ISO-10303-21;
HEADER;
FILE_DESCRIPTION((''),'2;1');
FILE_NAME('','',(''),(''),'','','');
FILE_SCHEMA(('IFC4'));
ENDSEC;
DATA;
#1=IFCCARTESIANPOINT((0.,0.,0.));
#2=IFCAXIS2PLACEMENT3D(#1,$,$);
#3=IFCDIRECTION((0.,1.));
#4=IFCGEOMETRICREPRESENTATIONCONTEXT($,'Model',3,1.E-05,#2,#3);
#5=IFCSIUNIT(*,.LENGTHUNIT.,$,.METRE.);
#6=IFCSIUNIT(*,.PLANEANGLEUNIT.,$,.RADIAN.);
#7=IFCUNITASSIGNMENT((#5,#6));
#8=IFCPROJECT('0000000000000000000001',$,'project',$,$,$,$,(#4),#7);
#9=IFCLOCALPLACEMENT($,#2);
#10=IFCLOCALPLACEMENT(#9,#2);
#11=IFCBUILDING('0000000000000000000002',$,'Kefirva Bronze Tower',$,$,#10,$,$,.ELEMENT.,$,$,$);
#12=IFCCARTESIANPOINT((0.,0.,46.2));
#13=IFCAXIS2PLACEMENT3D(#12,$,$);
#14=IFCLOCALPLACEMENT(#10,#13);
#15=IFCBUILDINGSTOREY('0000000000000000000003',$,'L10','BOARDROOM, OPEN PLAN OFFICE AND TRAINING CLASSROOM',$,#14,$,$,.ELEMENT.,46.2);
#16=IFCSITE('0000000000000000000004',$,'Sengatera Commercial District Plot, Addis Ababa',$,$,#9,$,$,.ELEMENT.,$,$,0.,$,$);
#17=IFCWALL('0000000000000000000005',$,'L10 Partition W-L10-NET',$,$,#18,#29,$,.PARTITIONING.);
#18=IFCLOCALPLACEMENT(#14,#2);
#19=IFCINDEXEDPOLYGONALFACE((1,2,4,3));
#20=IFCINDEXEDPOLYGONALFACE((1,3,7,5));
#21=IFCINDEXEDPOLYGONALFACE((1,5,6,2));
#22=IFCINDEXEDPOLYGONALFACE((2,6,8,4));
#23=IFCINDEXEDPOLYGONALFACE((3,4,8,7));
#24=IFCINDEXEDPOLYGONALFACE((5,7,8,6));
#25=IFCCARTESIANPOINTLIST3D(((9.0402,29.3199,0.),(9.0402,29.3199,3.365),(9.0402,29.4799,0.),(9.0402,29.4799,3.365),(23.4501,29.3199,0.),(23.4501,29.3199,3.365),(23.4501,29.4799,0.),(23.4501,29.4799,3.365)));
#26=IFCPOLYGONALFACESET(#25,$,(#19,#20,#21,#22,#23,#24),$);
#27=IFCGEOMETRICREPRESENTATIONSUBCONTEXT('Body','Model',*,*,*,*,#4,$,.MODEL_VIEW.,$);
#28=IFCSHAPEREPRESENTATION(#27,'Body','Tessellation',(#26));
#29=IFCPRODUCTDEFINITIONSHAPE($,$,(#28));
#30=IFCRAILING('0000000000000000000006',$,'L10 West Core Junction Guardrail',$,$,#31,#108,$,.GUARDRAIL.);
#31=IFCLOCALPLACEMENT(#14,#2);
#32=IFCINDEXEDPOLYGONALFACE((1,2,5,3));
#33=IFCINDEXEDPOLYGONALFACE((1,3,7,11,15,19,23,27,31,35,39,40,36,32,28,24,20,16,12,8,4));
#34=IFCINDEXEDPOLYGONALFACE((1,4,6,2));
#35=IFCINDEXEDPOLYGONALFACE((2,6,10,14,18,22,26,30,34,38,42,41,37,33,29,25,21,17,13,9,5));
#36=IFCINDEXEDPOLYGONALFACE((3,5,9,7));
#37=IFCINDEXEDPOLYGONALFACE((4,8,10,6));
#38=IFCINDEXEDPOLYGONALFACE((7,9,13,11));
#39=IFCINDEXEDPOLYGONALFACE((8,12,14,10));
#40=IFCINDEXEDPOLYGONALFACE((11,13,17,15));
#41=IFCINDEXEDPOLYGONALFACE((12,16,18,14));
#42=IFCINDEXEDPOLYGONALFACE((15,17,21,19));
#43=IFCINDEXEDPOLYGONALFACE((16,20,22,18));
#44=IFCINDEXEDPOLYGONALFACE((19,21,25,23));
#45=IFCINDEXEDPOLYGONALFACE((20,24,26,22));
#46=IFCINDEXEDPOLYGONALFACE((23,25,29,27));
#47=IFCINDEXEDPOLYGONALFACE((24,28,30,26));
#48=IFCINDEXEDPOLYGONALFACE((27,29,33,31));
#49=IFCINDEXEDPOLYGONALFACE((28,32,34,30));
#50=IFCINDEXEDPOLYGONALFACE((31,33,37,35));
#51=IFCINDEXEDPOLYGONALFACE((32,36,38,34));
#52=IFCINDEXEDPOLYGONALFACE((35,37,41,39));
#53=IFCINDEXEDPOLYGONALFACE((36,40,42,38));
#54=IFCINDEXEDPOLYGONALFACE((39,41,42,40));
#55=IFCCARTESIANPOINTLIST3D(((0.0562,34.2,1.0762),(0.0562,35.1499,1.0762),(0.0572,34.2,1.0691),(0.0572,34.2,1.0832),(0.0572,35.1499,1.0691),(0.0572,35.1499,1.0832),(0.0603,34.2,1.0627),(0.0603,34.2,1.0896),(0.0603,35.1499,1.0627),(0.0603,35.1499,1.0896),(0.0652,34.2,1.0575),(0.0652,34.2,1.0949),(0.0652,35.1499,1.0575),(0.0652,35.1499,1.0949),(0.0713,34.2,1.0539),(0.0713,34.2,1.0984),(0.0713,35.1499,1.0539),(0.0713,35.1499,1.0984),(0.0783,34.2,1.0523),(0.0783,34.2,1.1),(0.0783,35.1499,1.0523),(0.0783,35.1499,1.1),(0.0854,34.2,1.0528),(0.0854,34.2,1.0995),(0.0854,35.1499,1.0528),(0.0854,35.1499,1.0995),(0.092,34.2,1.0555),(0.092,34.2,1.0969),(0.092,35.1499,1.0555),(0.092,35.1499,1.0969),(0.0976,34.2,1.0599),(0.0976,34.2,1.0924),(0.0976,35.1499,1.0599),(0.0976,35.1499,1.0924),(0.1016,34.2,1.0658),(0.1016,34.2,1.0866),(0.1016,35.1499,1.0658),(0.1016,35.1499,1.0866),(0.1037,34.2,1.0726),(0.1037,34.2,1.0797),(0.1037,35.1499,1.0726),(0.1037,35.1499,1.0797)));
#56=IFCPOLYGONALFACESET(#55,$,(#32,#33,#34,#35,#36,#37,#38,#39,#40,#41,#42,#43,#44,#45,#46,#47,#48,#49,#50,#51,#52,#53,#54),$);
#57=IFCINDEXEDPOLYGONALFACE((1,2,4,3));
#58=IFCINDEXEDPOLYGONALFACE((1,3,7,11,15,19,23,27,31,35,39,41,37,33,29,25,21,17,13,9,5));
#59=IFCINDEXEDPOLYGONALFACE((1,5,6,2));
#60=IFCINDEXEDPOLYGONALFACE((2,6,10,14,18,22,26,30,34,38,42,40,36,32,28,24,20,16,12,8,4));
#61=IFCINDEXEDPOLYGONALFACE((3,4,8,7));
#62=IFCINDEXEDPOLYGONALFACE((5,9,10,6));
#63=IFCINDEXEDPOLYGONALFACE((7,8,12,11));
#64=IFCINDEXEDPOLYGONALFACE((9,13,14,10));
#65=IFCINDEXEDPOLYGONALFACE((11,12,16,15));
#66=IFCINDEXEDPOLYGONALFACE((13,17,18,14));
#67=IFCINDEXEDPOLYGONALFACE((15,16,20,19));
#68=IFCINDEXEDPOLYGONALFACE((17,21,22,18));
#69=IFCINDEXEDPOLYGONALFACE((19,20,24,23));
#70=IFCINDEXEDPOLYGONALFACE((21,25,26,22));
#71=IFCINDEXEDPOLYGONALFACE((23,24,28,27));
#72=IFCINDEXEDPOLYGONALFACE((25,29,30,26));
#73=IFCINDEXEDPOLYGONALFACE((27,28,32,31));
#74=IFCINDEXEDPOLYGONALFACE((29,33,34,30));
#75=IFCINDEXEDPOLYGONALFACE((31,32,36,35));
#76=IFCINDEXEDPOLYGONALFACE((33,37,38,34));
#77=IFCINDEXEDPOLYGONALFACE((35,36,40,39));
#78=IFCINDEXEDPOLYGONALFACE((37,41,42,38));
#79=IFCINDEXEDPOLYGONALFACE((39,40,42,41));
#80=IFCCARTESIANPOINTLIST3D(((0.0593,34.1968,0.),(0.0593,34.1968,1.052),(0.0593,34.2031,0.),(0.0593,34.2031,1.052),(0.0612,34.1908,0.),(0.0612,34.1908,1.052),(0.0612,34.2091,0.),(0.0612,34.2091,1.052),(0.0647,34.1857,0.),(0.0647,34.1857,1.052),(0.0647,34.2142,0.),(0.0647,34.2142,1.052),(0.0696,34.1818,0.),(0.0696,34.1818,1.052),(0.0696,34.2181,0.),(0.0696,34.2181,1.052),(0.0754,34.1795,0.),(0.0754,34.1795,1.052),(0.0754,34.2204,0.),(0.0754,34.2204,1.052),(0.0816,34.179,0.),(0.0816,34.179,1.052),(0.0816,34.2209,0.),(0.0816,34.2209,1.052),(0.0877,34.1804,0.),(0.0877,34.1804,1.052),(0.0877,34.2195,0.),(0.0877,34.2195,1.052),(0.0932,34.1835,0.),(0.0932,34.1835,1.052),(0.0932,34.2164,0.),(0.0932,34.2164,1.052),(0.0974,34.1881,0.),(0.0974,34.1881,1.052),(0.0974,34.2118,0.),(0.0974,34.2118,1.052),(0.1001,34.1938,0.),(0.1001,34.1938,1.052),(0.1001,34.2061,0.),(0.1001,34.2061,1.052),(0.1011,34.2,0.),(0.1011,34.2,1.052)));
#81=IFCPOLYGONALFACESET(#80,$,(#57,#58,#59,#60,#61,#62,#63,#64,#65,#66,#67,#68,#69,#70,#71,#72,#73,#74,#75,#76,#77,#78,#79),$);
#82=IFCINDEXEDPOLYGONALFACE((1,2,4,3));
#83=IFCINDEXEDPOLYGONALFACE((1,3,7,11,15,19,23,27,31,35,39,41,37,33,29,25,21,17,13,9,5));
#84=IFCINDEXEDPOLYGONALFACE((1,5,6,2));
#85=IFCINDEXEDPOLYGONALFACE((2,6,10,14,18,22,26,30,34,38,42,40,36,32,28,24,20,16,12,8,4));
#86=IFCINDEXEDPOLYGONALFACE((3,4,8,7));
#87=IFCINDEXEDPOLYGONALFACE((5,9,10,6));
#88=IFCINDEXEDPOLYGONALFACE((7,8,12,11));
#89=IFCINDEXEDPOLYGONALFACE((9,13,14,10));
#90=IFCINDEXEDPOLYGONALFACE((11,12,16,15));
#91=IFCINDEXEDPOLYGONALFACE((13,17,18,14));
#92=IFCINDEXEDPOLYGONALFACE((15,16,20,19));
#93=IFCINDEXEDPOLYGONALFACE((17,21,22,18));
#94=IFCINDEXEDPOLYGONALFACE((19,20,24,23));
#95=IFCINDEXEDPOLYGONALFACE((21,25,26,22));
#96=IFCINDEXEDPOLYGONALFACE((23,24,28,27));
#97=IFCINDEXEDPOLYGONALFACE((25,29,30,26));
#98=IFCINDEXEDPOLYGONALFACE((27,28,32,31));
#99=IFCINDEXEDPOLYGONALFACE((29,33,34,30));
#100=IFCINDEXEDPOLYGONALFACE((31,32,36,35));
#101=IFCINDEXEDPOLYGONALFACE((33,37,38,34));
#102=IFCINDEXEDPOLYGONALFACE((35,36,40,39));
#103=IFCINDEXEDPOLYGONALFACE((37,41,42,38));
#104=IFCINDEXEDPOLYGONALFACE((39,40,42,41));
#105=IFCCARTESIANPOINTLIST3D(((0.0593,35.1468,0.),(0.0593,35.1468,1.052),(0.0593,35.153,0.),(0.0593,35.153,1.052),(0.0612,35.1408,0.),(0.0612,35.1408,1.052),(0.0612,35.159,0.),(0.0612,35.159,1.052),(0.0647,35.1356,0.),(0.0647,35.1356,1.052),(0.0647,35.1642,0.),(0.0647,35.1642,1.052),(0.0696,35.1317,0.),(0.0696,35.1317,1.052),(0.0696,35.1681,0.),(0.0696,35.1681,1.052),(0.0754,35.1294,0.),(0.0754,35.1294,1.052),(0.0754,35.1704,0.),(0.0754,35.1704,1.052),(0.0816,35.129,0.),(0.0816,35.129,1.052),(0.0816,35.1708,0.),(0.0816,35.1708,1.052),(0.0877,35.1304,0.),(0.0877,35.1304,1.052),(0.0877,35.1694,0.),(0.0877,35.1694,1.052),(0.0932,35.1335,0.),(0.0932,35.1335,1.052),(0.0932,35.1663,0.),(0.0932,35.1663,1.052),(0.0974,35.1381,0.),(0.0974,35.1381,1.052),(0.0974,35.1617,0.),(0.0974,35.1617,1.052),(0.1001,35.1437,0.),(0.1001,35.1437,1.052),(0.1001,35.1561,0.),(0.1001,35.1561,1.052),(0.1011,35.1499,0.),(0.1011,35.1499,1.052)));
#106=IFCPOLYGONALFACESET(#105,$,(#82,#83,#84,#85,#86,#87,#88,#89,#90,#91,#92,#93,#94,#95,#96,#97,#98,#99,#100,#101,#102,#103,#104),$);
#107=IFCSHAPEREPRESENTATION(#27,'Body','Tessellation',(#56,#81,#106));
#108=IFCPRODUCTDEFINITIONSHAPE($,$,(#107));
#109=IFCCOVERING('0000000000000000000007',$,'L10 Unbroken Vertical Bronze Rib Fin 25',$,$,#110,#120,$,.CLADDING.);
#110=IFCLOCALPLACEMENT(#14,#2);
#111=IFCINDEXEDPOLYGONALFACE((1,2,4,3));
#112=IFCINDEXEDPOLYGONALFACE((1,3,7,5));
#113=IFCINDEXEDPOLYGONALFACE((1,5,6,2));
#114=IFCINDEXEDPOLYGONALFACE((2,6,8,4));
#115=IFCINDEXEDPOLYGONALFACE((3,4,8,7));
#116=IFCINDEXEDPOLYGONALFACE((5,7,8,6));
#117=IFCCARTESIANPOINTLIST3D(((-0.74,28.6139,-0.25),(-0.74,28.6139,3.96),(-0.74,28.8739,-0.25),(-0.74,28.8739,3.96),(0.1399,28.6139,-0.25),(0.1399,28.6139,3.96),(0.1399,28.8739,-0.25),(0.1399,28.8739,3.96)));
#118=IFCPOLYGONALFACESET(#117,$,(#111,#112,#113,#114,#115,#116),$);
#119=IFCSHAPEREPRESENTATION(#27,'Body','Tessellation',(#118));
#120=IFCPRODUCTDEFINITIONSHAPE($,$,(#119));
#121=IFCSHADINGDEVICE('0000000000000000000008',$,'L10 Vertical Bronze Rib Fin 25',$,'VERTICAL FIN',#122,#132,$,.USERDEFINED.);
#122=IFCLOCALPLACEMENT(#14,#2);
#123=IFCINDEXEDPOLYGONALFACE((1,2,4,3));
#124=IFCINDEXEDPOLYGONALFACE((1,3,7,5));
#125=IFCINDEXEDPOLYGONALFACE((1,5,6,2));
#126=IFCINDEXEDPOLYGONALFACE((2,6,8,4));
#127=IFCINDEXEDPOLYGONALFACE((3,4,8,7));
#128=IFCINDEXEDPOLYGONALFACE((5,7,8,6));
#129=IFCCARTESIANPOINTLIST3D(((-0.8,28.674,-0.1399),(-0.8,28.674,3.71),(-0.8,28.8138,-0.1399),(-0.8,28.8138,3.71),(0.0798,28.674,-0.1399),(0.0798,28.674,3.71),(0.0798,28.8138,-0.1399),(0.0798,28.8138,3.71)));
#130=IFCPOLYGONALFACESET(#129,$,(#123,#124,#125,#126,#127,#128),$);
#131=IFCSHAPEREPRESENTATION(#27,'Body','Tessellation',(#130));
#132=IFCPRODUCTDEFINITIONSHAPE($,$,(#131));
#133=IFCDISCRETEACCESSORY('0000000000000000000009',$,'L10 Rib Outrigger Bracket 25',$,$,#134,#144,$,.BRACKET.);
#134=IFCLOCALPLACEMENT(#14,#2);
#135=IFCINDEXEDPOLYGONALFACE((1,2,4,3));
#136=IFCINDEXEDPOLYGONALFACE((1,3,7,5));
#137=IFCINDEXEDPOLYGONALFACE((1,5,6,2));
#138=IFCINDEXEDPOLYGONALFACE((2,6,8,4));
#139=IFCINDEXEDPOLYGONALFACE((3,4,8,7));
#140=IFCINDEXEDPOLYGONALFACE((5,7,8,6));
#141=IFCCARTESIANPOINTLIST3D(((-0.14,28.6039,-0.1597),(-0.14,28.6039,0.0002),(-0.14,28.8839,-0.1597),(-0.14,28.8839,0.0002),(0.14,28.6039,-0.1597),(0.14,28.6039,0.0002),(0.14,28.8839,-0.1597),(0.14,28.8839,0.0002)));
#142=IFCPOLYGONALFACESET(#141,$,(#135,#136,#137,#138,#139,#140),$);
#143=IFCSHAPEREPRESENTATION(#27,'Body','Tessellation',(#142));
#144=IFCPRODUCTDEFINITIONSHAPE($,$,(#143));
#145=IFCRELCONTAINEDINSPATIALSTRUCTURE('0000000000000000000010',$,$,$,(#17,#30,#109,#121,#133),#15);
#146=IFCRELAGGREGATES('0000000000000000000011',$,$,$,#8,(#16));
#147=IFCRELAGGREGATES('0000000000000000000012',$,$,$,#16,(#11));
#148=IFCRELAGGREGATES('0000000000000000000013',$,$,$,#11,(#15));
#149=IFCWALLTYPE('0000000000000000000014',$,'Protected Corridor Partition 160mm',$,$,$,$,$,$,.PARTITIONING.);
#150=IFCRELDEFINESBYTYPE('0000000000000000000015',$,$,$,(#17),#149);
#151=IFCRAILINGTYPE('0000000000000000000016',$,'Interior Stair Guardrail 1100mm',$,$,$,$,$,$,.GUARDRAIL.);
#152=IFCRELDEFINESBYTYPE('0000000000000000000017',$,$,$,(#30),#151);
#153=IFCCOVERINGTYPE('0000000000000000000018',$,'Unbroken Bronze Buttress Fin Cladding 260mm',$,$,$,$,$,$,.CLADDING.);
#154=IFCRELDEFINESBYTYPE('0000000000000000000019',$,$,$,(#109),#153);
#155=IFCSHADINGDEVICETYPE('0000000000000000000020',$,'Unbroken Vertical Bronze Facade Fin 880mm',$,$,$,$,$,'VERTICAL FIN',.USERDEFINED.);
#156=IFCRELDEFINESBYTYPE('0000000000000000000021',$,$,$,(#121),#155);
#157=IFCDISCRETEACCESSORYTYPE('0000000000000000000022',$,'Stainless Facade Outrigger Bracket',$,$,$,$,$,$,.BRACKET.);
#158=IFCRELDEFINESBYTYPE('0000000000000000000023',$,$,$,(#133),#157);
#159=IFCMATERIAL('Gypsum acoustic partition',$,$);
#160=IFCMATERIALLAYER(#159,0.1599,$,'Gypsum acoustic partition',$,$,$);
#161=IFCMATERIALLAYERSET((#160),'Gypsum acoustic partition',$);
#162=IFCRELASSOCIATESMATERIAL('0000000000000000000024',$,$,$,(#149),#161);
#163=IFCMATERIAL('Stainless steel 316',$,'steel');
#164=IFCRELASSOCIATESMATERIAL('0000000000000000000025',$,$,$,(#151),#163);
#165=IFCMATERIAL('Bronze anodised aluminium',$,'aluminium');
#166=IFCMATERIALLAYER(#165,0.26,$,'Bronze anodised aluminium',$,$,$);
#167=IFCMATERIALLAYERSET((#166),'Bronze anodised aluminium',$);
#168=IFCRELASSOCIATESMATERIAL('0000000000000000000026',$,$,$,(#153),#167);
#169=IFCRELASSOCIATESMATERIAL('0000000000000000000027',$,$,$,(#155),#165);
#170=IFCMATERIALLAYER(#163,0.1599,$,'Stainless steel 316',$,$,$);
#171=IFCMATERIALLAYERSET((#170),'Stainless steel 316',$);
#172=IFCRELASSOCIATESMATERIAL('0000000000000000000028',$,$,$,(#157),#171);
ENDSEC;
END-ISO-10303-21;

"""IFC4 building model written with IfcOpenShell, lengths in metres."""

from ifc_helpers import new_model, si_unit, direction, frame, frame_2d, origin, origin_2d, place, context, subcontext, project, spatial, rectangle, circle, extrude, material, layer, layer_set, material_profile, profile_set, type_object, element, save


model = new_model("IFC4")

# Units and contexts
model_context = context("Model", 3, precision=1e-05, world=origin(), true_north=direction((0.0, 1.0)))
body_context = subcontext(model_context, "Body", "Model", "MODEL_VIEW")
ifc_project = project(units=[si_unit("LENGTHUNIT", "METRE"), si_unit("PLANEANGLEUNIT", "RADIAN")], contexts=[model_context])

# Site, building, storey
site_placement = place(None, origin())
site = spatial("IfcSite", under=ifc_project, at=site_placement, Name="Sengatera Commercial District Plot, Addis Ababa", CompositionType="ELEMENT", RefElevation=0.0)
building_placement = place(site_placement, origin())
building = spatial("IfcBuilding", under=site, at=building_placement, Name="Kefirva Bronze Tower", CompositionType="ELEMENT")
storey_placement = place(building_placement, frame((0.0, 0.0, 46.2)))
storey = spatial("IfcBuildingStorey", under=building, at=storey_placement, Name="L10", Description="BOARDROOM, OPEN PLAN OFFICE AND TRAINING CLASSROOM", CompositionType="ELEMENT", Elevation=46.2)

# Shared definitions
ifc_material_1 = material(Name="Bronze anodised aluminium", Category="aluminium")

# Wall
ifc_material_2 = material(Name="Gypsum acoustic partition")
ifc_layer_1 = layer(ifc_material_2, 0.1599, Name="Gypsum acoustic partition")
ifc_layer_set_1 = layer_set([ifc_layer_1], Name="Gypsum acoustic partition")
wall_type_1 = type_object("IfcWallType", Name="Protected Corridor Partition 160mm", PredefinedType="PARTITIONING", material=ifc_layer_set_1)
wall_1_placement = place(storey_placement, frame((9.04, 29.3999, 0.0), z_axis=(0.0, 0.0, 1.0), x_axis=(1.0, 0.0, 0.0)))
element("IfcWall", 1, at=wall_1_placement, inside=storey, type_object=wall_type_1, Name="L10 Partition W-L10-NET", PredefinedType="PARTITIONING", context=body_context, shape_type="SweptSolid", body=[
    extrude(rectangle(XDim=14.4099, YDim=0.1599, at=frame_2d((7.2051, 0.0))), origin(), (0.0, 0.0, 1.0), 3.365),
])

# Railing
ifc_material_3 = material(Name="Stainless steel 316", Category="steel")
railing_type = type_object("IfcRailingType", Name="Interior Stair Guardrail 1100mm", PredefinedType="GUARDRAIL", material=ifc_material_3)
railing_placement = place(storey_placement, frame((0.0801, 34.2, 0.0)))
element("IfcRailing", 2, at=railing_placement, inside=storey, type_object=railing_type, Name="L10 West Core Junction Guardrail", PredefinedType="GUARDRAIL", context=body_context, shape_type="SweptSolid", body=[
    extrude(circle(Radius=0.0239, at=origin_2d()), frame((0.0, 0.0, 1.0762), z_axis=(0.0, 1.0, 0.0), x_axis=(-1.0, 0.0, 0.0)), (0.0, 0.0, 1.0), 0.95),
    extrude(circle(Radius=0.021, at=origin_2d()), origin(), (0.0, 0.0, 1.0), 1.052),
    extrude(circle(Radius=0.021, at=origin_2d()), frame((0.0, 0.95, 0.0)), (0.0, 0.0, 1.0), 1.052),
])

# Covering
ifc_layer_2 = layer(ifc_material_1, 0.26, Name="Bronze anodised aluminium")
ifc_layer_set_2 = layer_set([ifc_layer_2], Name="Bronze anodised aluminium")
covering_type = type_object("IfcCoveringType", Name="Unbroken Bronze Buttress Fin Cladding 260mm", PredefinedType="CLADDING", material=ifc_layer_set_2)
covering_placement = place(storey_placement, frame((-0.3, 28.7439, -0.25), z_axis=(0.0, 0.0, 1.0), x_axis=(0.0, -1.0, 0.0)))
element("IfcCovering", 3, at=covering_placement, inside=storey, type_object=covering_type, Name="L10 Unbroken Vertical Bronze Rib Fin 25", PredefinedType="CLADDING", context=body_context, shape_type="SweptSolid", body=[
    extrude(rectangle(XDim=0.26, YDim=0.8799, at=origin_2d()), origin(), (0.0, 0.0, 1.0), 4.21),
])

# Shading device
ifc_material_profile_1 = material_profile(ifc_material_1, rectangle(XDim=0.1399, YDim=0.8799, at=origin_2d()), Name="BRONZE FIN 140x880")
ifc_profile_set_1 = profile_set([ifc_material_profile_1], Name="Bronze anodised aluminium")
shading_device_type = type_object("IfcShadingDeviceType", Name="Unbroken Vertical Bronze Facade Fin 880mm", ElementType="VERTICAL FIN", PredefinedType="USERDEFINED", material=ifc_profile_set_1)
shading_device_placement = place(storey_placement, frame((-0.3601, 28.7439, -0.1399), z_axis=(0.0, 0.0, 1.0), x_axis=(0.0, -1.0, 0.0)))
element("IfcShadingDevice", 4, at=shading_device_placement, inside=storey, type_object=shading_device_type, Name="L10 Vertical Bronze Rib Fin 25", ObjectType="VERTICAL FIN", PredefinedType="USERDEFINED", context=body_context, shape_type="SweptSolid", body=[
    extrude(rectangle(XDim=0.1399, YDim=0.8799, at=origin_2d()), origin(), (0.0, 0.0, 1.0), 3.8499),
])

# Discrete accessory
ifc_layer_3 = layer(ifc_material_3, 0.1599, Name="Stainless steel 316")
ifc_layer_set_3 = layer_set([ifc_layer_3], Name="Stainless steel 316")
discrete_accessory_type = type_object("IfcDiscreteAccessoryType", Name="Stainless Facade Outrigger Bracket", PredefinedType="BRACKET", material=ifc_layer_set_3)
discrete_accessory_placement = place(storey_placement, frame((0.0, 28.7439, -0.1597), z_axis=(0.0, 0.0, 1.0), x_axis=(0.0, -1.0, 0.0)))
element("IfcDiscreteAccessory", 5, at=discrete_accessory_placement, inside=storey, type_object=discrete_accessory_type, Name="L10 Rib Outrigger Bracket 25", PredefinedType="BRACKET", context=body_context, shape_type="SweptSolid", body=[
    extrude(rectangle(XDim=0.28, YDim=0.28, at=origin_2d()), origin(), (0.0, 0.0, 1.0), 0.1599),
])

save(model, "model.ifc")
